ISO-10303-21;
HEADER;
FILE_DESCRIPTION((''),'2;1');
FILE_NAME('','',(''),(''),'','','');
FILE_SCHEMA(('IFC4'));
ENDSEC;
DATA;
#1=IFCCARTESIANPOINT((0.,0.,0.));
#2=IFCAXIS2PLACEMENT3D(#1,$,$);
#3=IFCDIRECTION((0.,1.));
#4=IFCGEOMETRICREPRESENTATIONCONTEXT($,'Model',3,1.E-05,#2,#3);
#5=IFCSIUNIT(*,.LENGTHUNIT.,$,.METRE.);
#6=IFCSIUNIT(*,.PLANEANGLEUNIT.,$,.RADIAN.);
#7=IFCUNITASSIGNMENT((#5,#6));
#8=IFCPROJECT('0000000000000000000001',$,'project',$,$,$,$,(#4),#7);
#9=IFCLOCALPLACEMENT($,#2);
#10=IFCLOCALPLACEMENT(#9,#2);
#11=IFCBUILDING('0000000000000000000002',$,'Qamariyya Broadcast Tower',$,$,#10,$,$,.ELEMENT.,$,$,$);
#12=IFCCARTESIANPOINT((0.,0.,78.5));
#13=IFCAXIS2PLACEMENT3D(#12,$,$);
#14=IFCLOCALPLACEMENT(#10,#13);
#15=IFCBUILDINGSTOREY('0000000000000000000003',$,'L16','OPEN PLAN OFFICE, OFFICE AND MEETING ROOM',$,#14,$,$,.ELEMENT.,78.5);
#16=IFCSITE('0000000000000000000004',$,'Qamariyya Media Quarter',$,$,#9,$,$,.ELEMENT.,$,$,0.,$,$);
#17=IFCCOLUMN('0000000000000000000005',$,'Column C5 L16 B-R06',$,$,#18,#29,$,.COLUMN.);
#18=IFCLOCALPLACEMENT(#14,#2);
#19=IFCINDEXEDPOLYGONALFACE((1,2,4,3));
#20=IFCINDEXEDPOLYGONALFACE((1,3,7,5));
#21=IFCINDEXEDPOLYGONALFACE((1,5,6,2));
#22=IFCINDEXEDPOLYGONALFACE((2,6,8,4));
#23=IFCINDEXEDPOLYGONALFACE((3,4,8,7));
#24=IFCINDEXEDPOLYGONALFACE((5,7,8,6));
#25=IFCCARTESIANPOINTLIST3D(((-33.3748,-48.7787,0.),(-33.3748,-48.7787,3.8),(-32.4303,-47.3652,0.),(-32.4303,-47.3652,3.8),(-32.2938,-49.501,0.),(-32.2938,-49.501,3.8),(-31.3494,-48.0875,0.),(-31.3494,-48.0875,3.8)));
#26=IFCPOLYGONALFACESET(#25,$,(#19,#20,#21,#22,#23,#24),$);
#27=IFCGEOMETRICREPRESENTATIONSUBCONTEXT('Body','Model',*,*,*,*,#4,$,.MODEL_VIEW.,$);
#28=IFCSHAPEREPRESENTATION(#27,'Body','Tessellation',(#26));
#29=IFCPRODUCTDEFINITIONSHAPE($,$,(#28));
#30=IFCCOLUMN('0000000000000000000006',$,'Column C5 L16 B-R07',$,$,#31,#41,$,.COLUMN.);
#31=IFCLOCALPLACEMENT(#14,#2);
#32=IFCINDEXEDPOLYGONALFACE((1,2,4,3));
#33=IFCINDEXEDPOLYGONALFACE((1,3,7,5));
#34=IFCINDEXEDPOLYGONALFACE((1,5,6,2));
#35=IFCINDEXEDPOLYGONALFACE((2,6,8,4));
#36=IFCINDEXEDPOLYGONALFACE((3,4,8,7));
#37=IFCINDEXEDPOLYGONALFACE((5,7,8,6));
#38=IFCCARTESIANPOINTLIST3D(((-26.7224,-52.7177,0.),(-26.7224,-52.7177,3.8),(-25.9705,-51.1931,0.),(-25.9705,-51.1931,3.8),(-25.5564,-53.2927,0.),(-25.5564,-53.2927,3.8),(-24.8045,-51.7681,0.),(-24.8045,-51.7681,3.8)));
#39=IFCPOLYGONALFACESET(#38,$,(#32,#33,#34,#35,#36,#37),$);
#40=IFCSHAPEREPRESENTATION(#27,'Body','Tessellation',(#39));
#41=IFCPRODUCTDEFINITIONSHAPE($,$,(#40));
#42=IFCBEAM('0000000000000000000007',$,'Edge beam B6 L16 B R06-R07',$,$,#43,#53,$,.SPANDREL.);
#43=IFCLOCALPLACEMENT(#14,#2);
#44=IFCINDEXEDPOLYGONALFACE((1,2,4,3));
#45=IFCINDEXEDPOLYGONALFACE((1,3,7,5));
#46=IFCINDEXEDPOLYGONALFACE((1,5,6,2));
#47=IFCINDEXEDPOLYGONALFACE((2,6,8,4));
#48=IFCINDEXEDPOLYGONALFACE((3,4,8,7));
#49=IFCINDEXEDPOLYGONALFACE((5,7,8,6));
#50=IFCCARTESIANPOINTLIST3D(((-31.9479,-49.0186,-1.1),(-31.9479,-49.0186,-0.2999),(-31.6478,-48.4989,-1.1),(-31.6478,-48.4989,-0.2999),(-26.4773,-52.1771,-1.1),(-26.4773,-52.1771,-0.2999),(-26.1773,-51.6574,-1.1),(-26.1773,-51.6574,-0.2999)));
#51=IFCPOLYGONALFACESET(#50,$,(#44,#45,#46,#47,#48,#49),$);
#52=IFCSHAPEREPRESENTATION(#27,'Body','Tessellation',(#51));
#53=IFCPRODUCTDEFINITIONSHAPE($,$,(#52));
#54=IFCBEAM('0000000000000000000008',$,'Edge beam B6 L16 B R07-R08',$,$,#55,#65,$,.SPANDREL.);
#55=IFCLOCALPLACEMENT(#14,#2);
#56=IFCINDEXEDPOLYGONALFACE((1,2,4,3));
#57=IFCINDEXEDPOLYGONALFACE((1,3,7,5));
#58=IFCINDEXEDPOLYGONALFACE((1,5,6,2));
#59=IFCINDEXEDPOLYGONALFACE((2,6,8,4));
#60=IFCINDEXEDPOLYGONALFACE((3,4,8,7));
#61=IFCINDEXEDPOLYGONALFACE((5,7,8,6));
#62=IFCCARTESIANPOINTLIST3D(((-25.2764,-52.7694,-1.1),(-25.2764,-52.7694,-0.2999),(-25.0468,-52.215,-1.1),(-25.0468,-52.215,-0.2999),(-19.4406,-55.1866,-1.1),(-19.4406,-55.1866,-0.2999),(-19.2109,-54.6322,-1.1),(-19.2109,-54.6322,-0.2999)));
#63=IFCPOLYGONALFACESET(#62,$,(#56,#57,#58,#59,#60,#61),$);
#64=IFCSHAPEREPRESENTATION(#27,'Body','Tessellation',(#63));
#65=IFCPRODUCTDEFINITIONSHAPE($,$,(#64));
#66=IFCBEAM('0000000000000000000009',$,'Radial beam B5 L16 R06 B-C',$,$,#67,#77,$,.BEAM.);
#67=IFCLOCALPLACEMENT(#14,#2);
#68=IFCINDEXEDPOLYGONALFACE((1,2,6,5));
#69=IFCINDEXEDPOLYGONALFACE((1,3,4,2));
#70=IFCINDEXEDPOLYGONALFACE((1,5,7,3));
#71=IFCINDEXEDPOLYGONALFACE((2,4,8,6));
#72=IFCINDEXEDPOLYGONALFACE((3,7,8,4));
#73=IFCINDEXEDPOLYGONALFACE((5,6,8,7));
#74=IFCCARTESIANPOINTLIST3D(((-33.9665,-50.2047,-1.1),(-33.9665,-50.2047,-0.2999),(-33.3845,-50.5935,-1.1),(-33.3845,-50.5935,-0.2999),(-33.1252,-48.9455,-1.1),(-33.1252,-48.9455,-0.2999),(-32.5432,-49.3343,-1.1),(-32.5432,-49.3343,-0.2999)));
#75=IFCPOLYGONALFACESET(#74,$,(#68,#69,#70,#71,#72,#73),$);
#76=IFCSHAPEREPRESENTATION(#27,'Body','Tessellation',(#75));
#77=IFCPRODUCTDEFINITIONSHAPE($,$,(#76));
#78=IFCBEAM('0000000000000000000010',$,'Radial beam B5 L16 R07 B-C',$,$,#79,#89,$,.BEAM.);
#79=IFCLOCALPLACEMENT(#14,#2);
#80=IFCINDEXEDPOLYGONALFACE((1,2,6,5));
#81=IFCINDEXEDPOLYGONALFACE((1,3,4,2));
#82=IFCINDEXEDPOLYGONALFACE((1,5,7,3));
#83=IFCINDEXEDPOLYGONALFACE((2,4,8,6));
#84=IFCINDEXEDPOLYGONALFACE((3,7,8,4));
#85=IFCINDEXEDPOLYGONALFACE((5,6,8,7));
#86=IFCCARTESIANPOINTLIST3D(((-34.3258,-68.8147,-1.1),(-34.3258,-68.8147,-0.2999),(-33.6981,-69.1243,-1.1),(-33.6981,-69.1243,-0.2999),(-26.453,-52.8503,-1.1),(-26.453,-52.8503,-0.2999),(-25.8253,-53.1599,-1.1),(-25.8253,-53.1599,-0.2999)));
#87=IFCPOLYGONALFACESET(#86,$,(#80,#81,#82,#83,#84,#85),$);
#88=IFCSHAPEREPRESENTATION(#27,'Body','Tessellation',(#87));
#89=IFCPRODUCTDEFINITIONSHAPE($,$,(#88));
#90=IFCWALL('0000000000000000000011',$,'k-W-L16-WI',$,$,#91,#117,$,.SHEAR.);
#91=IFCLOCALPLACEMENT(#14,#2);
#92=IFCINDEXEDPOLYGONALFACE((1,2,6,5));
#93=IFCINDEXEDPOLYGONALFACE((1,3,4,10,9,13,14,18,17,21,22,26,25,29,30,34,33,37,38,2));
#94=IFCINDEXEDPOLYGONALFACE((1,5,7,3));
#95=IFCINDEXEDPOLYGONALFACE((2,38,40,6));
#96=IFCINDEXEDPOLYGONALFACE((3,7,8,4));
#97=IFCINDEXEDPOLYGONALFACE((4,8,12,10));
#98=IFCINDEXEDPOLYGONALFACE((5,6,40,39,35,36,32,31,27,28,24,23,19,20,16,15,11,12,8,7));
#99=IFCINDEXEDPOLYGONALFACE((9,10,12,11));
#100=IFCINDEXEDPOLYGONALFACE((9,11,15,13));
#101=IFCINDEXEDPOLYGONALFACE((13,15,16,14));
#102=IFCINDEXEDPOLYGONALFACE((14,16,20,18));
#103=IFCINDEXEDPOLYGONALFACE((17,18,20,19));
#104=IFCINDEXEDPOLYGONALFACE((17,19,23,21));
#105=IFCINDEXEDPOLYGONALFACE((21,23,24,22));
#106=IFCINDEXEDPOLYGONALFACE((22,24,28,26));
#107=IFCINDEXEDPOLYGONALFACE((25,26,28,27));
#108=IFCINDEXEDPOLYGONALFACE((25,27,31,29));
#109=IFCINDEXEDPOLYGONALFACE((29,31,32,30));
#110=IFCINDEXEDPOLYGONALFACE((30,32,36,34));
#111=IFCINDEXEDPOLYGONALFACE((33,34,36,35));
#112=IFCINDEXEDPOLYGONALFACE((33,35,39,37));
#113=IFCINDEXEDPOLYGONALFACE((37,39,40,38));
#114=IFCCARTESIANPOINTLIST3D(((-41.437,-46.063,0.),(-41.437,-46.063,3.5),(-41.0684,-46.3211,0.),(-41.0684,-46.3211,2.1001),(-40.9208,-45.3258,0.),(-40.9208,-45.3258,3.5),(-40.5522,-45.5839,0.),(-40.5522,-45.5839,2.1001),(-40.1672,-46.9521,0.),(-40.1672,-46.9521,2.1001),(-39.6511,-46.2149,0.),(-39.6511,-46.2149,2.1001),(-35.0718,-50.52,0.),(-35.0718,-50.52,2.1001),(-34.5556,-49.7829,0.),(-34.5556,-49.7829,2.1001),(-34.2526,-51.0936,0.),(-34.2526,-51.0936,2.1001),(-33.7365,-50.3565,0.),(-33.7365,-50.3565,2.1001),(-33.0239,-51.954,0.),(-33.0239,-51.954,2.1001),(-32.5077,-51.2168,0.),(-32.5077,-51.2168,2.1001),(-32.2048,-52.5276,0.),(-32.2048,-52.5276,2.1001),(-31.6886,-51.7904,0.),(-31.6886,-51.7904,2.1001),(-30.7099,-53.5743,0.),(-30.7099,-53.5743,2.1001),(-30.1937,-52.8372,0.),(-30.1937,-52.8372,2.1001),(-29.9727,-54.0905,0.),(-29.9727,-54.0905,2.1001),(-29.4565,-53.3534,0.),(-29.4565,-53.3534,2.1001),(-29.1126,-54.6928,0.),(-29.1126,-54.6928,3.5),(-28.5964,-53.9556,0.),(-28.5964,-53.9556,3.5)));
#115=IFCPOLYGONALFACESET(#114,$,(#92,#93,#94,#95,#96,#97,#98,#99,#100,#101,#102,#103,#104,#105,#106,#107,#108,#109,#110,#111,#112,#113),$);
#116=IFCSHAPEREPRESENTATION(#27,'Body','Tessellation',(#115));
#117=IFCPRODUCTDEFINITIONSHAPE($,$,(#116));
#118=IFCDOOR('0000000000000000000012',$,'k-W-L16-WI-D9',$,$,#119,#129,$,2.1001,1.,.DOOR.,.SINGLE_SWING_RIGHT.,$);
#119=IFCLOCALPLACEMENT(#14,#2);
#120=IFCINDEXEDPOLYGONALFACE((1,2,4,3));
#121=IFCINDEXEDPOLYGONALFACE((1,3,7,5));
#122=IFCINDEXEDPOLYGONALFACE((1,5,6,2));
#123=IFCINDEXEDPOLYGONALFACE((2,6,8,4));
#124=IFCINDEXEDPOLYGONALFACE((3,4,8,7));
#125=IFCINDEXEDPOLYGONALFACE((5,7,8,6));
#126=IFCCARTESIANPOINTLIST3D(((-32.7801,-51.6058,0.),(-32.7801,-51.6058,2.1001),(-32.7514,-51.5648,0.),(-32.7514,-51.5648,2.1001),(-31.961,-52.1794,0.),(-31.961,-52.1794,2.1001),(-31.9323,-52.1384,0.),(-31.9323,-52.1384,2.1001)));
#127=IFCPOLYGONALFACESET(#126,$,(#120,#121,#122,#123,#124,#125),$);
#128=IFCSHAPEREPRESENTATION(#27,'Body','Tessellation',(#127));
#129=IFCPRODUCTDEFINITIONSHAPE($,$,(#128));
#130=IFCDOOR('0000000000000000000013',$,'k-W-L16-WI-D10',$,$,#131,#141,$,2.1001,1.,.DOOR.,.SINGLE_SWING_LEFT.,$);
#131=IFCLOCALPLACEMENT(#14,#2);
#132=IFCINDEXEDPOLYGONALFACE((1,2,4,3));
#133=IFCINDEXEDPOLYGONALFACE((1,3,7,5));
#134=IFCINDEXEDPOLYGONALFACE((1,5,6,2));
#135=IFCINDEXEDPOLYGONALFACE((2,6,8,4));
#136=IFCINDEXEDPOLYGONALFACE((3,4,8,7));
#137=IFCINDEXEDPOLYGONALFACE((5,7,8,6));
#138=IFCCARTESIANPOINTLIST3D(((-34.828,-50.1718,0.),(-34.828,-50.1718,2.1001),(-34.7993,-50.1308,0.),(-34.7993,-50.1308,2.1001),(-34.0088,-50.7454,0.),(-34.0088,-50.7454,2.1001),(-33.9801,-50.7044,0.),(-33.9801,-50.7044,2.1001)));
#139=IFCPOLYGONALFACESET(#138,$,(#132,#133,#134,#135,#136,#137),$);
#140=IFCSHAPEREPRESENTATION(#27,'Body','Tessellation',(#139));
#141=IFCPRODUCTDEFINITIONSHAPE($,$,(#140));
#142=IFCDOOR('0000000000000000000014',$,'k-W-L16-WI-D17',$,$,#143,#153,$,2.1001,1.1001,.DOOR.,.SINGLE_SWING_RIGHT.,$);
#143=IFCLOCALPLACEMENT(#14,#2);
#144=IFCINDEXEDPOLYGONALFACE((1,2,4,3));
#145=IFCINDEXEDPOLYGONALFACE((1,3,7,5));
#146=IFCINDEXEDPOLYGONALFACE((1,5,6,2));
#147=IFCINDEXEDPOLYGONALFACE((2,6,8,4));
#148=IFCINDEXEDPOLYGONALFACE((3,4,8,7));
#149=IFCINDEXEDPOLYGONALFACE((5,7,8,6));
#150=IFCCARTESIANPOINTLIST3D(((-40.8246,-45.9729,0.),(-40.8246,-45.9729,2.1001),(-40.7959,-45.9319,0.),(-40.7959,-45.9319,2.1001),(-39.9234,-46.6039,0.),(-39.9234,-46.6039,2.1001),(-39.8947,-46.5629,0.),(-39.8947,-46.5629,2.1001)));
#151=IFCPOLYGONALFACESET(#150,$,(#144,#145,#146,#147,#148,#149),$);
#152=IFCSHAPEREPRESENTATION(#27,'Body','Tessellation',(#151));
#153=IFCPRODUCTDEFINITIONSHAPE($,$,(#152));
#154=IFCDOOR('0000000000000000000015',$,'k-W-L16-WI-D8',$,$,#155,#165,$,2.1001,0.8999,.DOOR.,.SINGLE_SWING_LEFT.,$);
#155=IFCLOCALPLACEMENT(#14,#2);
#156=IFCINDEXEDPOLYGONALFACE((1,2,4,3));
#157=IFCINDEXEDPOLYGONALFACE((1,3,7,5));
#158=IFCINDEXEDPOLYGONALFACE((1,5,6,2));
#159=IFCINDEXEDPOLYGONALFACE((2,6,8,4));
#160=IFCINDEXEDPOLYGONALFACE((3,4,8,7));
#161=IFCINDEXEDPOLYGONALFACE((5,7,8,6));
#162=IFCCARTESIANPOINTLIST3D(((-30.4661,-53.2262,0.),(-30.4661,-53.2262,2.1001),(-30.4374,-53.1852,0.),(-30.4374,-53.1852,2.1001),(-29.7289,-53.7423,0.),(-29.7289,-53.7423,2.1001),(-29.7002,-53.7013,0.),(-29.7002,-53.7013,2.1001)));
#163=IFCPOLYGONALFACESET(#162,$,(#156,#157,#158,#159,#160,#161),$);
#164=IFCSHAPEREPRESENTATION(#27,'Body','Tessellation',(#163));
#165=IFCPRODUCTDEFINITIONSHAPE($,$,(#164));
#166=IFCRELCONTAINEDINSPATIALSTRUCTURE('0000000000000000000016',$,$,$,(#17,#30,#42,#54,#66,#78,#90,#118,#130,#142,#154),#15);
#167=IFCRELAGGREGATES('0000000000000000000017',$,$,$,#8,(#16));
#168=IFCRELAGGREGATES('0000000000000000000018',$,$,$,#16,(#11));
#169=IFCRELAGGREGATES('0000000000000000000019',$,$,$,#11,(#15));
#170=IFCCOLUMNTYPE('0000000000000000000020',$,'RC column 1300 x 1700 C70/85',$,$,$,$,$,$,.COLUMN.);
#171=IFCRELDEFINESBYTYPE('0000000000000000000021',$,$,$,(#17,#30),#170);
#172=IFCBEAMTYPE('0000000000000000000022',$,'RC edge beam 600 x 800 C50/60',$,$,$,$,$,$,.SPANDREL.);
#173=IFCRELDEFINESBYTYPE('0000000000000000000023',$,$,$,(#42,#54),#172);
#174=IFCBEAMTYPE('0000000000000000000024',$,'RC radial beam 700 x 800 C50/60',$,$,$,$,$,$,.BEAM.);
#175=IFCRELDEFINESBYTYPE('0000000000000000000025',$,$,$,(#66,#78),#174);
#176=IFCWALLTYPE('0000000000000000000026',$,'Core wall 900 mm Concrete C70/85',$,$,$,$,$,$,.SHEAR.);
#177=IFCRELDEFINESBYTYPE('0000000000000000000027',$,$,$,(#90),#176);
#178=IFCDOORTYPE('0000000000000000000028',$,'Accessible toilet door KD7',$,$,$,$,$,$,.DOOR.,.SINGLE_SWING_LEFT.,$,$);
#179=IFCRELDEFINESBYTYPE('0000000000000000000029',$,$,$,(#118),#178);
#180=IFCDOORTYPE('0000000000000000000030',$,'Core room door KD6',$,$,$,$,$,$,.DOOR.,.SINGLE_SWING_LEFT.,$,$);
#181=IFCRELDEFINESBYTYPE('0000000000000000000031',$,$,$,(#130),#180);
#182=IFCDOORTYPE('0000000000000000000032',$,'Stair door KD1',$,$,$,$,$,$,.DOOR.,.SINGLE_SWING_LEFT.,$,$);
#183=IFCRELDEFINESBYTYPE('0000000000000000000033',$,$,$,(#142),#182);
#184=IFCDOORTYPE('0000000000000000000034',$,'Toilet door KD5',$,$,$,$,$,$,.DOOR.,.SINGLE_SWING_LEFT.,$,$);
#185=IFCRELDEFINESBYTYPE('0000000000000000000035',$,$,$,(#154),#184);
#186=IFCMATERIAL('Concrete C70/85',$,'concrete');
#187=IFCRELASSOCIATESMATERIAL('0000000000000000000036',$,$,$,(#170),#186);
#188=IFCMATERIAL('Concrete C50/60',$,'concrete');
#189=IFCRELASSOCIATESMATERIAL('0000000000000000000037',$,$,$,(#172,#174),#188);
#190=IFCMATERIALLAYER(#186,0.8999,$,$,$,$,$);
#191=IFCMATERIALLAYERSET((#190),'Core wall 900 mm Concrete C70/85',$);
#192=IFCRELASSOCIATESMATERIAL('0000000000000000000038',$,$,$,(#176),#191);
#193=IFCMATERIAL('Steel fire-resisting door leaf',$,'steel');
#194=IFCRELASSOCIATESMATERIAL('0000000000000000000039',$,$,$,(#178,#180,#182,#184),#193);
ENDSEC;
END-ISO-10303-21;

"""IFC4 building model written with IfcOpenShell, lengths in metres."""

from ifc_helpers import new_model, si_unit, direction, frame, frame_2d, origin, origin_2d, place, context, subcontext, project, spatial, rectangle, extrude, material, layer, layer_set, material_profile, profile_set, type_object, element, fill, save


model = new_model("IFC4")

# Units and contexts
model_context = context("Model", 3, precision=1e-05, world=origin(), true_north=direction((0.0, 1.0)))
body_context = subcontext(model_context, "Body", "Model", "MODEL_VIEW")
ifc_project = project(units=[si_unit("LENGTHUNIT", "METRE"), si_unit("PLANEANGLEUNIT", "RADIAN")], contexts=[model_context])

# Site, building, storey
site_placement = place(None, origin())
site = spatial("IfcSite", under=ifc_project, at=site_placement, Name="Qamariyya Media Quarter", CompositionType="ELEMENT", RefElevation=0.0)
building_placement = place(site_placement, origin())
building = spatial("IfcBuilding", under=site, at=building_placement, Name="Qamariyya Broadcast Tower", CompositionType="ELEMENT")
storey_placement = place(building_placement, frame((0.0, 0.0, 78.5)))
storey = spatial("IfcBuildingStorey", under=building, at=storey_placement, Name="L16", Description="OPEN PLAN OFFICE, OFFICE AND MEETING ROOM", CompositionType="ELEMENT", Elevation=78.5)

# Columns
ifc_material_1 = material(Name="Concrete C70/85", Category="concrete")
ifc_material_profile_1 = material_profile(ifc_material_1, rectangle(XDim=1.3, YDim=1.7, at=origin_2d()))
ifc_profile_set_1 = profile_set([ifc_material_profile_1], Name="Concrete C70/85")
column_type = type_object("IfcColumnType", Name="RC column 1300 x 1700 C70/85", PredefinedType="COLUMN", material=ifc_profile_set_1)
for number, where, z_axis, x_axis, name in (
    (1, (-32.3621, -48.4331, 0.0), (0.0, 0.0, 1.0), (0.83147, -0.55557, 0.0), "Column C5 L16 B-R06"),
    (2, (-25.7634, -52.2429, 0.0), (0.0, 0.0, 1.0), (0.896873, -0.442289, 0.0), "Column C5 L16 B-R07"),
):
    element("IfcColumn", number, at=place(storey_placement, frame(where, z_axis=z_axis, x_axis=x_axis)), inside=storey, type_object=column_type, Name=name, PredefinedType="COLUMN", context=body_context, shape_type="SweptSolid", body=[
        extrude(rectangle(XDim=1.3, YDim=1.7, at=origin_2d()), origin(), (0.0, 0.0, 1.0), 3.8),
    ])

# Beams
ifc_material_2 = material(Name="Concrete C50/60", Category="concrete")
ifc_material_profile_2 = material_profile(ifc_material_2, rectangle(XDim=0.6001, YDim=0.8, at=origin_2d()))
ifc_profile_set_2 = profile_set([ifc_material_profile_2], Name="Concrete C50/60")
beam_type_1 = type_object("IfcBeamType", Name="RC edge beam 600 x 800 C50/60", PredefinedType="SPANDREL", material=ifc_profile_set_2)
beam_1_placement = place(storey_placement, frame((-31.7979, -48.7588, -0.7), z_axis=(0.86602, -0.500009, 0.0), x_axis=(0.500009, 0.86602, 0.0)))
element("IfcBeam", 3, at=beam_1_placement, inside=storey, type_object=beam_type_1, Name="Edge beam B6 L16 B R06-R07", PredefinedType="SPANDREL", context=body_context, shape_type="SweptSolid", body=[
    extrude(rectangle(XDim=0.6001, YDim=0.8, at=origin_2d()), origin(), (0.0, 0.0, 1.0), 6.3169),
])
beam_2_placement = place(storey_placement, frame((-25.1616, -52.4922, -0.7), z_axis=(0.923884, -0.382672, 0.0), x_axis=(0.382672, 0.923884, 0.0)))
element("IfcBeam", 4, at=beam_2_placement, inside=storey, type_object=beam_type_1, Name="Edge beam B6 L16 B R07-R08", PredefinedType="SPANDREL", context=body_context, shape_type="SweptSolid", body=[
    extrude(rectangle(XDim=0.6001, YDim=0.8, at=origin_2d()), origin(), (0.0, 0.0, 1.0), 6.3167),
])
ifc_material_profile_3 = material_profile(ifc_material_2, rectangle(XDim=0.7, YDim=0.8, at=origin_2d()))
ifc_profile_set_3 = profile_set([ifc_material_profile_3], Name="Concrete C50/60")
beam_type_2 = type_object("IfcBeamType", Name="RC radial beam 700 x 800 C50/60", PredefinedType="BEAM", material=ifc_profile_set_3)
beam_3_placement = place(storey_placement, frame((-32.8342, -49.1399, -0.7), z_axis=(-0.555518, -0.831504, 0.0), x_axis=(0.831504, -0.555518, 0.0)))
element("IfcBeam", 5, at=beam_3_placement, inside=storey, type_object=beam_type_2, Name="Radial beam B5 L16 R06 B-C", PredefinedType="BEAM", context=body_context, shape_type="SweptSolid", body=[
    extrude(rectangle(XDim=0.7, YDim=0.8, at=origin_2d()), origin(), (0.0, 0.0, 1.0), 1.5144),
])
beam_4_placement = place(storey_placement, frame((-26.1392, -53.0051, -0.7), z_axis=(-0.442291, -0.896872, 0.0), x_axis=(0.896872, -0.442291, 0.0)))
element("IfcBeam", 6, at=beam_4_placement, inside=storey, type_object=beam_type_2, Name="Radial beam B5 L16 R07 B-C", PredefinedType="BEAM", context=body_context, shape_type="SweptSolid", body=[
    extrude(rectangle(XDim=0.7, YDim=0.8, at=origin_2d()), origin(), (0.0, 0.0, 1.0), 17.8),
])

# Wall, openings, doors
ifc_layer_1 = layer(ifc_material_1, 0.8999)
ifc_layer_set_1 = layer_set([ifc_layer_1], Name="Core wall 900 mm Concrete C70/85")
wall_type_1 = type_object("IfcWallType", Name="Core wall 900 mm Concrete C70/85", PredefinedType="SHEAR", material=ifc_layer_set_1)
wall_1_placement = place(storey_placement, frame((-28.8545, -54.3242, 0.0), z_axis=(0.0, 0.0, 1.0), x_axis=(-0.819146, 0.573585, 0.0)))
wall_1 = element("IfcWall", 7, at=wall_1_placement, inside=storey, type_object=wall_type_1, Name="k-W-L16-WI", PredefinedType="SHEAR", context=body_context, shape_type="SweptSolid", body=[
    extrude(rectangle(XDim=15.0454, YDim=0.8999, at=frame_2d((7.5227, 0.0))), origin(), (0.0, 0.0, 1.0), 3.5),
])
opening_1_placement = place(wall_1_placement, frame((1.05, 0.0, 0.0)))
opening_1 = element("IfcOpeningElement", 8, at=opening_1_placement, cuts=wall_1, PredefinedType="OPENING", context=body_context, shape_type="SweptSolid", body=[
    extrude(rectangle(XDim=0.8999, YDim=2.1001, at=frame_2d((0.45, 1.05))), frame((0.0, 0.46, 0.0), z_axis=(0.0, -1.0, 0.0), x_axis=(1.0, 0.0, 0.0)), (0.0, 0.0, 1.0), 0.9199),
])
opening_2_placement = place(wall_1_placement, frame((3.7749, 0.0, 0.0)))
opening_2 = element("IfcOpeningElement", 9, at=opening_2_placement, cuts=wall_1, PredefinedType="OPENING", context=body_context, shape_type="SweptSolid", body=[
    extrude(rectangle(XDim=1.0, YDim=2.1001, at=frame_2d((0.5, 1.05))), frame((0.0, 0.46, 0.0), z_axis=(0.0, -1.0, 0.0), x_axis=(1.0, 0.0, 0.0)), (0.0, 0.0, 1.0), 0.9199),
])
opening_3_placement = place(wall_1_placement, frame((6.2749, 0.0, 0.0)))
opening_3 = element("IfcOpeningElement", 10, at=opening_3_placement, cuts=wall_1, PredefinedType="OPENING", context=body_context, shape_type="SweptSolid", body=[
    extrude(rectangle(XDim=1.0, YDim=2.1001, at=frame_2d((0.5, 1.05))), frame((0.0, 0.46, 0.0), z_axis=(0.0, -1.0, 0.0), x_axis=(1.0, 0.0, 0.0)), (0.0, 0.0, 1.0), 0.9199),
])
opening_4_placement = place(wall_1_placement, frame((13.4954, 0.0, 0.0)))
opening_4 = element("IfcOpeningElement", 11, at=opening_4_placement, cuts=wall_1, PredefinedType="OPENING", context=body_context, shape_type="SweptSolid", body=[
    extrude(rectangle(XDim=1.1001, YDim=2.1001, at=frame_2d((0.55, 1.05))), frame((0.0, 0.46, 0.0), z_axis=(0.0, -1.0, 0.0), x_axis=(1.0, 0.0, 0.0)), (0.0, 0.0, 1.0), 0.9199),
])
ifc_material_3 = material(Name="Steel fire-resisting door leaf", Category="steel")
door_type_1 = type_object("IfcDoorType", Name="Accessible toilet door KD7", OperationType="SINGLE_SWING_LEFT", PredefinedType="DOOR", material=ifc_material_3)
door_1_placement = place(opening_2_placement, origin())
door_1 = element("IfcDoor", 12, at=door_1_placement, inside=storey, type_object=door_type_1, Name="k-W-L16-WI-D9", OperationType="SINGLE_SWING_RIGHT", OverallHeight=2.1001, OverallWidth=1.0, PredefinedType="DOOR", context=body_context, shape_type="SweptSolid", body=[
    extrude(rectangle(XDim=1.0, YDim=2.1001, at=frame_2d((0.5, 1.05))), frame((0.0, 0.0249, 0.0), z_axis=(0.0, -1.0, 0.0), x_axis=(1.0, 0.0, 0.0)), (0.0, 0.0, 1.0), 0.05),
])
fill(opening_2, door_1)
door_type_2 = type_object("IfcDoorType", Name="Core room door KD6", OperationType="SINGLE_SWING_LEFT", PredefinedType="DOOR", material=ifc_material_3)
door_2_placement = place(opening_3_placement, origin())
door_2 = element("IfcDoor", 13, at=door_2_placement, inside=storey, type_object=door_type_2, Name="k-W-L16-WI-D10", OperationType="SINGLE_SWING_LEFT", OverallHeight=2.1001, OverallWidth=1.0, PredefinedType="DOOR", context=body_context, shape_type="SweptSolid", body=[
    extrude(rectangle(XDim=1.0, YDim=2.1001, at=frame_2d((0.5, 1.05))), frame((0.0, 0.0249, 0.0), z_axis=(0.0, -1.0, 0.0), x_axis=(1.0, 0.0, 0.0)), (0.0, 0.0, 1.0), 0.05),
])
fill(opening_3, door_2)
door_type_3 = type_object("IfcDoorType", Name="Stair door KD1", OperationType="SINGLE_SWING_LEFT", PredefinedType="DOOR", material=ifc_material_3)
door_3_placement = place(opening_4_placement, origin())
door_3 = element("IfcDoor", 14, at=door_3_placement, inside=storey, type_object=door_type_3, Name="k-W-L16-WI-D17", OperationType="SINGLE_SWING_RIGHT", OverallHeight=2.1001, OverallWidth=1.1001, PredefinedType="DOOR", context=body_context, shape_type="SweptSolid", body=[
    extrude(rectangle(XDim=1.1001, YDim=2.1001, at=frame_2d((0.55, 1.05))), frame((0.0, 0.0249, 0.0), z_axis=(0.0, -1.0, 0.0), x_axis=(1.0, 0.0, 0.0)), (0.0, 0.0, 1.0), 0.05),
])
fill(opening_4, door_3)
door_type_4 = type_object("IfcDoorType", Name="Toilet door KD5", OperationType="SINGLE_SWING_LEFT", PredefinedType="DOOR", material=ifc_material_3)
door_4_placement = place(opening_1_placement, origin())
door_4 = element("IfcDoor", 15, at=door_4_placement, inside=storey, type_object=door_type_4, Name="k-W-L16-WI-D8", OperationType="SINGLE_SWING_LEFT", OverallHeight=2.1001, OverallWidth=0.8999, PredefinedType="DOOR", context=body_context, shape_type="SweptSolid", body=[
    extrude(rectangle(XDim=0.8999, YDim=2.1001, at=frame_2d((0.45, 1.05))), frame((0.0, 0.0249, 0.0), z_axis=(0.0, -1.0, 0.0), x_axis=(1.0, 0.0, 0.0)), (0.0, 0.0, 1.0), 0.05),
])
fill(opening_1, door_4)

save(model, "model.ifc")
